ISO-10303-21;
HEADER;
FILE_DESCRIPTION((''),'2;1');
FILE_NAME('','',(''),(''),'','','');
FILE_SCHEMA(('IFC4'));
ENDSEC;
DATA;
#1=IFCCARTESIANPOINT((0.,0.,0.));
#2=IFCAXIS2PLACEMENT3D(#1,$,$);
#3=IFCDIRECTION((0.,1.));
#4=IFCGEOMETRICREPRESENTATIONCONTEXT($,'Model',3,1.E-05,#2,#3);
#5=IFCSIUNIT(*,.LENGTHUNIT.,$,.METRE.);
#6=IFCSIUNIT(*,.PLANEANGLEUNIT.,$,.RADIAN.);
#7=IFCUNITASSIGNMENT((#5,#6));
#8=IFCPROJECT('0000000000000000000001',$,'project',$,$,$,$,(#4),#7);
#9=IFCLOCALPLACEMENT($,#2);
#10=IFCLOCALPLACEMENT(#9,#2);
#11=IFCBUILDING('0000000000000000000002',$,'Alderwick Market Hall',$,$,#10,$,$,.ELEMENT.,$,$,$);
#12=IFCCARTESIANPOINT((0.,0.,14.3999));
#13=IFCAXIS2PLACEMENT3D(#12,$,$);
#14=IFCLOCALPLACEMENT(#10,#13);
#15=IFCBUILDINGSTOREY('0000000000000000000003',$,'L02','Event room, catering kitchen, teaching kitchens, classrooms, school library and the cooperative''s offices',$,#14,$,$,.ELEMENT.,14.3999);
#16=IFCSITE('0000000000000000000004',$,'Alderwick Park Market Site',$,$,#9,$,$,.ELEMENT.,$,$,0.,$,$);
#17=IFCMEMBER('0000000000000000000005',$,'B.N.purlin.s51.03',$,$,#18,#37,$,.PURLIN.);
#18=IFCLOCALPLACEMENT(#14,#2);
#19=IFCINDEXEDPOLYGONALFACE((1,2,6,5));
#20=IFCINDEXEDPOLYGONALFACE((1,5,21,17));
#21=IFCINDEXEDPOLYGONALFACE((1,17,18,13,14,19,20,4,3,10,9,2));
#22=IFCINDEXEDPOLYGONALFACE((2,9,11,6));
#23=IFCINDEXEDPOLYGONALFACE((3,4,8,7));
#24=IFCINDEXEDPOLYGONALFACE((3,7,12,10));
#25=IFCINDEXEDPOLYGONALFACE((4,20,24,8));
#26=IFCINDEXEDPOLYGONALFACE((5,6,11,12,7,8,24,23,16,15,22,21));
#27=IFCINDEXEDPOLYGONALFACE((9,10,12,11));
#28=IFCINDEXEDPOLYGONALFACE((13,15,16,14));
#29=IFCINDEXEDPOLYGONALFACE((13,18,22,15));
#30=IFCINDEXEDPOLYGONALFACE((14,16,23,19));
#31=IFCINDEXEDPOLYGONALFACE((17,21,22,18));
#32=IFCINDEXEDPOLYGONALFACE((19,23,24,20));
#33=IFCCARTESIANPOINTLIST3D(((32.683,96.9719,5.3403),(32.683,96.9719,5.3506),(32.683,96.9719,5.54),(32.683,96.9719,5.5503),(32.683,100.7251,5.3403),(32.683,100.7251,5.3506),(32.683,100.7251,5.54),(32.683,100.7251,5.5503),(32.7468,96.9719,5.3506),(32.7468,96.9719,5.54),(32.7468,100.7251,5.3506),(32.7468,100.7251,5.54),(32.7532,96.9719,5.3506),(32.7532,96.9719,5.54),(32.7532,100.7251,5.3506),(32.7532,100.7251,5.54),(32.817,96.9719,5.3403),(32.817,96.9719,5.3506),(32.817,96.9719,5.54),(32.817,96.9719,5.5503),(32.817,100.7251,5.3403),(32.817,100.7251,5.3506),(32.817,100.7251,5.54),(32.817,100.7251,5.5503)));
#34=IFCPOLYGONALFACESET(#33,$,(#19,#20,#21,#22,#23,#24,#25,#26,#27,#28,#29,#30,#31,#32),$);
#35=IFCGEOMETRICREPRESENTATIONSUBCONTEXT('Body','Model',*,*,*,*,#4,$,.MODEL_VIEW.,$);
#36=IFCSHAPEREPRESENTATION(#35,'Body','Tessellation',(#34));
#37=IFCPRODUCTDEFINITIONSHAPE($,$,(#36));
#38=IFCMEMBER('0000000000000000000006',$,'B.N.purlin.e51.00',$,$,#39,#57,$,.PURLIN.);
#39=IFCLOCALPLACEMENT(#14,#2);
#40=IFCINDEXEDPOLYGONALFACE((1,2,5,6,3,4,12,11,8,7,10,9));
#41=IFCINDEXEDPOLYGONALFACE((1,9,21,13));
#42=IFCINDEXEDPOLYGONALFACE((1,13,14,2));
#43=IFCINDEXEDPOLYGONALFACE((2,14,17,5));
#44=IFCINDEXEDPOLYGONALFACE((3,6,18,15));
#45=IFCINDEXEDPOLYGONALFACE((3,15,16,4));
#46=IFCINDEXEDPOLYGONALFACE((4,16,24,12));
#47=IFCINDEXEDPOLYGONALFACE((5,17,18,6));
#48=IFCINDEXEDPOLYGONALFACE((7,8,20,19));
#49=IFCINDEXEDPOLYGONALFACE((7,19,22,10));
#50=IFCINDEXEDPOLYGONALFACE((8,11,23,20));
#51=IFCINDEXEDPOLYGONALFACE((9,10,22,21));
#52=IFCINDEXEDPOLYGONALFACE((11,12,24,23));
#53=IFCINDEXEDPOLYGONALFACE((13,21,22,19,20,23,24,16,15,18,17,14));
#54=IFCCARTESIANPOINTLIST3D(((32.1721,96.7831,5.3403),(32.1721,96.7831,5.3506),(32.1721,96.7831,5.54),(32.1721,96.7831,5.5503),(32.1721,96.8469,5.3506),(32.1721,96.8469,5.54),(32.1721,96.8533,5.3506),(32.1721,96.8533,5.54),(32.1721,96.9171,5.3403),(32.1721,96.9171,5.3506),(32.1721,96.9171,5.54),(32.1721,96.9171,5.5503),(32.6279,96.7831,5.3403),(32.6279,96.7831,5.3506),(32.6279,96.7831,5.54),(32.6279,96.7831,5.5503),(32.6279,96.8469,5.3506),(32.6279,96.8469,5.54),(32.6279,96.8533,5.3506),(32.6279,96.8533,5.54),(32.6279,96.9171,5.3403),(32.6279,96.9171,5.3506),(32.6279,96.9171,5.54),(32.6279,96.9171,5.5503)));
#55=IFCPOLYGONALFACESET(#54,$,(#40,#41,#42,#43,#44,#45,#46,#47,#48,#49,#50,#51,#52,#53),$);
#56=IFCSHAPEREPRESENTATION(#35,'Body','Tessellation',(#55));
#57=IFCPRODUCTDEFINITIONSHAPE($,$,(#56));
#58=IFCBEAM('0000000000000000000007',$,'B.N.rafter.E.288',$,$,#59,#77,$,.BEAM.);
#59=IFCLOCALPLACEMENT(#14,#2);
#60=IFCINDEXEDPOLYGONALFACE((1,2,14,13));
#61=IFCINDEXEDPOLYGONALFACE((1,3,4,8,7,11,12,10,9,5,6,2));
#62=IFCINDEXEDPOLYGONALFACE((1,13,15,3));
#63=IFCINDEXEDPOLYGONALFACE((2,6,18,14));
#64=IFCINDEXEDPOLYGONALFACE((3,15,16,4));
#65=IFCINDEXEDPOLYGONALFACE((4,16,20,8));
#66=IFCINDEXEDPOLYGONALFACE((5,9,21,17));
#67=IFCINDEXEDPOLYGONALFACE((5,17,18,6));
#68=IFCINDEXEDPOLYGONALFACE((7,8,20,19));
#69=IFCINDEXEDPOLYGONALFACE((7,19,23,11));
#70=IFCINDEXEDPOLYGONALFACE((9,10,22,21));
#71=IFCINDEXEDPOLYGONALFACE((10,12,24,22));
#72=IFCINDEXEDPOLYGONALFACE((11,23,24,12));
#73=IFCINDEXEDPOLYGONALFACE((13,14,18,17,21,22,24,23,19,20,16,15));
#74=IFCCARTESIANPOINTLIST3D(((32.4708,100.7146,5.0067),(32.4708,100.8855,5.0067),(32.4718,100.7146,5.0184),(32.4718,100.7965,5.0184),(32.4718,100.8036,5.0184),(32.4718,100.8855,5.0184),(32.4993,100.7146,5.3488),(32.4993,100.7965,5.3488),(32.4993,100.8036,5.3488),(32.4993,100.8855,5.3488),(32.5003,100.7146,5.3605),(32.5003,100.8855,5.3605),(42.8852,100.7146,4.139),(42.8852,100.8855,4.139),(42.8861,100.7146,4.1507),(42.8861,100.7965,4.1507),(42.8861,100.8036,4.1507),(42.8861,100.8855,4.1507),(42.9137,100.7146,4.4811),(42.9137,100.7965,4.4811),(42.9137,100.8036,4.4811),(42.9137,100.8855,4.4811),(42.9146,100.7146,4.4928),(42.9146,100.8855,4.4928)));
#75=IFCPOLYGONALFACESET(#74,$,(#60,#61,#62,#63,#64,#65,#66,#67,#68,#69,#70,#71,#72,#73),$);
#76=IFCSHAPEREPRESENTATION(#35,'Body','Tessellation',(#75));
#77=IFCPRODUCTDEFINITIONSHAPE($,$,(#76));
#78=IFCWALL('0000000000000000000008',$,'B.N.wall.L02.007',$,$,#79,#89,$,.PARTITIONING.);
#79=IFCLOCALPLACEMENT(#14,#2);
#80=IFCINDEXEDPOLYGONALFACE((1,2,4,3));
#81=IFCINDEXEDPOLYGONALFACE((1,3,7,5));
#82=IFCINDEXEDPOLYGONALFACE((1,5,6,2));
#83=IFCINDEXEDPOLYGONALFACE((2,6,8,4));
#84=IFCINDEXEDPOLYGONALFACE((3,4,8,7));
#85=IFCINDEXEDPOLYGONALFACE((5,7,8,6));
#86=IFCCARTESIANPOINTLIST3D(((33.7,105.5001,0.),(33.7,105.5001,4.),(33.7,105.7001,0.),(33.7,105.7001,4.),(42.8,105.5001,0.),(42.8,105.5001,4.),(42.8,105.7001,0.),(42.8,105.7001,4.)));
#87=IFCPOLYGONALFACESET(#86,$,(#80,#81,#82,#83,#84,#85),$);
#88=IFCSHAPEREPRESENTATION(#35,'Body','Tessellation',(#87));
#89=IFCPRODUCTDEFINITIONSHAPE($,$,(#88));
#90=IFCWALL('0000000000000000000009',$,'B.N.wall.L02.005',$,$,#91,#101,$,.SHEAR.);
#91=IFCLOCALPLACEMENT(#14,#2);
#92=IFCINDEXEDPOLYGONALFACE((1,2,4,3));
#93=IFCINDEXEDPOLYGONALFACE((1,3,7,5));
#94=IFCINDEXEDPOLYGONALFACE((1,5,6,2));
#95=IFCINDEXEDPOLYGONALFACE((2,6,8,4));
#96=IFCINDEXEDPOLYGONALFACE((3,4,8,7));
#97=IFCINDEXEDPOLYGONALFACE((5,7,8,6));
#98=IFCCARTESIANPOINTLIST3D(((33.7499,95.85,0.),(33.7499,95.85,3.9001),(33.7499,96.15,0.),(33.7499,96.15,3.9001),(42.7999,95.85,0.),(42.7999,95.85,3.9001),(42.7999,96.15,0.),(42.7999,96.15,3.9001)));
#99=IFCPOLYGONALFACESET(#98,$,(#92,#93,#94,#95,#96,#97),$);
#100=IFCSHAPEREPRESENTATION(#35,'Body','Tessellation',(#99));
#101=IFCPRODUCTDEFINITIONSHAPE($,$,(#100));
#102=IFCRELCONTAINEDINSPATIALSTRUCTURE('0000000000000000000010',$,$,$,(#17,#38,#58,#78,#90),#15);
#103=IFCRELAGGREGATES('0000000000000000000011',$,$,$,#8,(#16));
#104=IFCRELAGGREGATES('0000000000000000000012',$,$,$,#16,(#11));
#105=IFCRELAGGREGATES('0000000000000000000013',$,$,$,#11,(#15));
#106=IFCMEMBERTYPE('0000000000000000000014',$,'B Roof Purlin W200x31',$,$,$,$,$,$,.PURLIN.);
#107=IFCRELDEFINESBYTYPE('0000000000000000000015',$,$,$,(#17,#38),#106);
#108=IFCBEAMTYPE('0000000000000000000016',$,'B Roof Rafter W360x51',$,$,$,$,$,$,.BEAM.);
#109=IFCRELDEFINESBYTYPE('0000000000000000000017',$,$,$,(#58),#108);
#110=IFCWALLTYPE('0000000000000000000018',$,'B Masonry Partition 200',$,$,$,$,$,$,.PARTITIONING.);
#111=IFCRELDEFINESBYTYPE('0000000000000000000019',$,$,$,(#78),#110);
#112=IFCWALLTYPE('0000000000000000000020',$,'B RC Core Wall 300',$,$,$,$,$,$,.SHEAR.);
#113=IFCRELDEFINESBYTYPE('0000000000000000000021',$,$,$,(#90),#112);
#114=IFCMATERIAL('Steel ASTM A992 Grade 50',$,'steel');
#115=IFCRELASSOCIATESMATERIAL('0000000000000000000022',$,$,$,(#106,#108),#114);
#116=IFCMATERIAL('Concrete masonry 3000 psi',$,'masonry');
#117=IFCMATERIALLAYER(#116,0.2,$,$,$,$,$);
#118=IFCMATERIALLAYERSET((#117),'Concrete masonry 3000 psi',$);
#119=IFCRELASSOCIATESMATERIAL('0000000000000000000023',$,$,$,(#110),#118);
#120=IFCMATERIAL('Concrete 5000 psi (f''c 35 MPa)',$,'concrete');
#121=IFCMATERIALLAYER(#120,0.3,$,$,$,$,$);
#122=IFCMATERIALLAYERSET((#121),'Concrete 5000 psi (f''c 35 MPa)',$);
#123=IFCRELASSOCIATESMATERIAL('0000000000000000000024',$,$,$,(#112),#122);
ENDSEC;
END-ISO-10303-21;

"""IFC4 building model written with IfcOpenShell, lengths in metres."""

from ifc_helpers import new_model, si_unit, direction, frame, frame_2d, origin, origin_2d, place, context, subcontext, project, spatial, rectangle, i_section, extrude, material, layer, layer_set, material_profile, profile_set, type_object, element, save


model = new_model("IFC4")

# Units and contexts
model_context = context("Model", 3, precision=1e-05, world=origin(), true_north=direction((0.0, 1.0)))
body_context = subcontext(model_context, "Body", "Model", "MODEL_VIEW")
ifc_project = project(units=[si_unit("LENGTHUNIT", "METRE"), si_unit("PLANEANGLEUNIT", "RADIAN")], contexts=[model_context])

# Site, building, storey
site_placement = place(None, origin())
site = spatial("IfcSite", under=ifc_project, at=site_placement, Name="Alderwick Park Market Site", CompositionType="ELEMENT", RefElevation=0.0)
building_placement = place(site_placement, origin())
building = spatial("IfcBuilding", under=site, at=building_placement, Name="Alderwick Market Hall", CompositionType="ELEMENT")
storey_placement = place(building_placement, frame((0.0, 0.0, 14.3999)))
storey = spatial("IfcBuildingStorey", under=building, at=storey_placement, Name="L02", Description="Event room, catering kitchen, teaching kitchens, classrooms, school library and the cooperative's offices", CompositionType="ELEMENT", Elevation=14.3999)

# Shared definitions
ifc_material_1 = material(Name="Concrete 5000 psi (f'c 35 MPa)", Category="concrete")

# Members
ifc_material_2 = material(Name="Steel ASTM A992 Grade 50", Category="steel")
ifc_material_profile_1 = material_profile(ifc_material_2, i_section(OverallWidth=0.134, OverallDepth=0.21, WebThickness=0.0063, FlangeThickness=0.0103, at=origin_2d()), Name="W200x31")
ifc_profile_set_1 = profile_set([ifc_material_profile_1], Name="Steel ASTM A992 Grade 50")
member_type = type_object("IfcMemberType", Name="B Roof Purlin W200x31", PredefinedType="PURLIN", material=ifc_profile_set_1)
for number, where, z_axis, x_axis, name in (
    (1, (32.75, 100.7251, 5.4453), (0.0, -1.0, 0.0), (1.0, 0.0, 0.0), "B.N.purlin.s51.03"),
):
    element("IfcMember", number, at=place(storey_placement, frame(where, z_axis=z_axis, x_axis=x_axis)), inside=storey, type_object=member_type, Name=name, PredefinedType="PURLIN", context=body_context, shape_type="SweptSolid", body=[
        extrude(i_section(OverallWidth=0.134, OverallDepth=0.21, WebThickness=0.0063, FlangeThickness=0.0103, at=origin_2d()), origin(), (0.0, 0.0, 1.0), 3.7532),
    ])
member_1_placement = place(storey_placement, frame((32.1721, 96.8501, 5.4453), z_axis=(1.0, 0.0, 0.0), x_axis=(0.0, 1.0, 0.0)))
element("IfcMember", 2, at=member_1_placement, inside=storey, type_object=member_type, Name="B.N.purlin.e51.00", PredefinedType="PURLIN", context=body_context, shape_type="SweptSolid", body=[
    extrude(i_section(OverallWidth=0.134, OverallDepth=0.21, WebThickness=0.0063, FlangeThickness=0.0103, at=origin_2d()), origin(), (0.0, 0.0, 1.0), 0.4558),
])

# Beam
ifc_material_profile_2 = material_profile(ifc_material_2, i_section(OverallWidth=0.1709, OverallDepth=0.355, WebThickness=0.0071, FlangeThickness=0.0117, at=origin_2d()), Name="W360x51")
ifc_profile_set_2 = profile_set([ifc_material_profile_2], Name="Steel ASTM A992 Grade 50")
beam_type_1 = type_object("IfcBeamType", Name="B Roof Rafter W360x51", PredefinedType="BEAM", material=ifc_profile_set_2)
beam_1_placement = place(storey_placement, frame((42.8999, 100.8, 4.3159), z_axis=(-0.996547, 0.0, 0.083028), x_axis=(0.0, -1.0, 0.0)))
element("IfcBeam", 3, at=beam_1_placement, inside=storey, type_object=beam_type_1, Name="B.N.rafter.E.288", PredefinedType="BEAM", context=body_context, shape_type="SweptSolid", body=[
    extrude(i_section(OverallWidth=0.1709, OverallDepth=0.355, WebThickness=0.0071, FlangeThickness=0.0117, at=origin_2d()), origin(), (0.0, 0.0, 1.0), 10.4504),
])

# Walls
ifc_material_3 = material(Name="Concrete masonry 3000 psi", Category="masonry")
ifc_layer_1 = layer(ifc_material_3, 0.2)
ifc_layer_set_1 = layer_set([ifc_layer_1], Name="Concrete masonry 3000 psi")
wall_type_1 = type_object("IfcWallType", Name="B Masonry Partition 200", PredefinedType="PARTITIONING", material=ifc_layer_set_1)
wall_1_placement = place(storey_placement, frame((33.7, 105.6001, 0.0), z_axis=(0.0, 0.0, 1.0), x_axis=(1.0, 0.0, 0.0)))
element("IfcWall", 4, at=wall_1_placement, inside=storey, type_object=wall_type_1, Name="B.N.wall.L02.007", PredefinedType="PARTITIONING", context=body_context, shape_type="SweptSolid", body=[
    extrude(rectangle(XDim=9.1001, YDim=0.2, at=frame_2d((4.55, 0.0))), origin(), (0.0, 0.0, 1.0), 4.0),
])
ifc_layer_2 = layer(ifc_material_1, 0.3)
ifc_layer_set_2 = layer_set([ifc_layer_2], Name="Concrete 5000 psi (f'c 35 MPa)")
wall_type_2 = type_object("IfcWallType", Name="B RC Core Wall 300", PredefinedType="SHEAR", material=ifc_layer_set_2)
wall_2_placement = place(storey_placement, frame((33.75, 96.0, 0.0), z_axis=(0.0, 0.0, 1.0), x_axis=(1.0, 0.0, 0.0)))
element("IfcWall", 5, at=wall_2_placement, inside=storey, type_object=wall_type_2, Name="B.N.wall.L02.005", PredefinedType="SHEAR", context=body_context, shape_type="SweptSolid", body=[
    extrude(rectangle(XDim=9.05, YDim=0.3, at=frame_2d((4.5249, 0.0))), origin(), (0.0, 0.0, 1.0), 3.9001),
])

save(model, "model.ifc")
